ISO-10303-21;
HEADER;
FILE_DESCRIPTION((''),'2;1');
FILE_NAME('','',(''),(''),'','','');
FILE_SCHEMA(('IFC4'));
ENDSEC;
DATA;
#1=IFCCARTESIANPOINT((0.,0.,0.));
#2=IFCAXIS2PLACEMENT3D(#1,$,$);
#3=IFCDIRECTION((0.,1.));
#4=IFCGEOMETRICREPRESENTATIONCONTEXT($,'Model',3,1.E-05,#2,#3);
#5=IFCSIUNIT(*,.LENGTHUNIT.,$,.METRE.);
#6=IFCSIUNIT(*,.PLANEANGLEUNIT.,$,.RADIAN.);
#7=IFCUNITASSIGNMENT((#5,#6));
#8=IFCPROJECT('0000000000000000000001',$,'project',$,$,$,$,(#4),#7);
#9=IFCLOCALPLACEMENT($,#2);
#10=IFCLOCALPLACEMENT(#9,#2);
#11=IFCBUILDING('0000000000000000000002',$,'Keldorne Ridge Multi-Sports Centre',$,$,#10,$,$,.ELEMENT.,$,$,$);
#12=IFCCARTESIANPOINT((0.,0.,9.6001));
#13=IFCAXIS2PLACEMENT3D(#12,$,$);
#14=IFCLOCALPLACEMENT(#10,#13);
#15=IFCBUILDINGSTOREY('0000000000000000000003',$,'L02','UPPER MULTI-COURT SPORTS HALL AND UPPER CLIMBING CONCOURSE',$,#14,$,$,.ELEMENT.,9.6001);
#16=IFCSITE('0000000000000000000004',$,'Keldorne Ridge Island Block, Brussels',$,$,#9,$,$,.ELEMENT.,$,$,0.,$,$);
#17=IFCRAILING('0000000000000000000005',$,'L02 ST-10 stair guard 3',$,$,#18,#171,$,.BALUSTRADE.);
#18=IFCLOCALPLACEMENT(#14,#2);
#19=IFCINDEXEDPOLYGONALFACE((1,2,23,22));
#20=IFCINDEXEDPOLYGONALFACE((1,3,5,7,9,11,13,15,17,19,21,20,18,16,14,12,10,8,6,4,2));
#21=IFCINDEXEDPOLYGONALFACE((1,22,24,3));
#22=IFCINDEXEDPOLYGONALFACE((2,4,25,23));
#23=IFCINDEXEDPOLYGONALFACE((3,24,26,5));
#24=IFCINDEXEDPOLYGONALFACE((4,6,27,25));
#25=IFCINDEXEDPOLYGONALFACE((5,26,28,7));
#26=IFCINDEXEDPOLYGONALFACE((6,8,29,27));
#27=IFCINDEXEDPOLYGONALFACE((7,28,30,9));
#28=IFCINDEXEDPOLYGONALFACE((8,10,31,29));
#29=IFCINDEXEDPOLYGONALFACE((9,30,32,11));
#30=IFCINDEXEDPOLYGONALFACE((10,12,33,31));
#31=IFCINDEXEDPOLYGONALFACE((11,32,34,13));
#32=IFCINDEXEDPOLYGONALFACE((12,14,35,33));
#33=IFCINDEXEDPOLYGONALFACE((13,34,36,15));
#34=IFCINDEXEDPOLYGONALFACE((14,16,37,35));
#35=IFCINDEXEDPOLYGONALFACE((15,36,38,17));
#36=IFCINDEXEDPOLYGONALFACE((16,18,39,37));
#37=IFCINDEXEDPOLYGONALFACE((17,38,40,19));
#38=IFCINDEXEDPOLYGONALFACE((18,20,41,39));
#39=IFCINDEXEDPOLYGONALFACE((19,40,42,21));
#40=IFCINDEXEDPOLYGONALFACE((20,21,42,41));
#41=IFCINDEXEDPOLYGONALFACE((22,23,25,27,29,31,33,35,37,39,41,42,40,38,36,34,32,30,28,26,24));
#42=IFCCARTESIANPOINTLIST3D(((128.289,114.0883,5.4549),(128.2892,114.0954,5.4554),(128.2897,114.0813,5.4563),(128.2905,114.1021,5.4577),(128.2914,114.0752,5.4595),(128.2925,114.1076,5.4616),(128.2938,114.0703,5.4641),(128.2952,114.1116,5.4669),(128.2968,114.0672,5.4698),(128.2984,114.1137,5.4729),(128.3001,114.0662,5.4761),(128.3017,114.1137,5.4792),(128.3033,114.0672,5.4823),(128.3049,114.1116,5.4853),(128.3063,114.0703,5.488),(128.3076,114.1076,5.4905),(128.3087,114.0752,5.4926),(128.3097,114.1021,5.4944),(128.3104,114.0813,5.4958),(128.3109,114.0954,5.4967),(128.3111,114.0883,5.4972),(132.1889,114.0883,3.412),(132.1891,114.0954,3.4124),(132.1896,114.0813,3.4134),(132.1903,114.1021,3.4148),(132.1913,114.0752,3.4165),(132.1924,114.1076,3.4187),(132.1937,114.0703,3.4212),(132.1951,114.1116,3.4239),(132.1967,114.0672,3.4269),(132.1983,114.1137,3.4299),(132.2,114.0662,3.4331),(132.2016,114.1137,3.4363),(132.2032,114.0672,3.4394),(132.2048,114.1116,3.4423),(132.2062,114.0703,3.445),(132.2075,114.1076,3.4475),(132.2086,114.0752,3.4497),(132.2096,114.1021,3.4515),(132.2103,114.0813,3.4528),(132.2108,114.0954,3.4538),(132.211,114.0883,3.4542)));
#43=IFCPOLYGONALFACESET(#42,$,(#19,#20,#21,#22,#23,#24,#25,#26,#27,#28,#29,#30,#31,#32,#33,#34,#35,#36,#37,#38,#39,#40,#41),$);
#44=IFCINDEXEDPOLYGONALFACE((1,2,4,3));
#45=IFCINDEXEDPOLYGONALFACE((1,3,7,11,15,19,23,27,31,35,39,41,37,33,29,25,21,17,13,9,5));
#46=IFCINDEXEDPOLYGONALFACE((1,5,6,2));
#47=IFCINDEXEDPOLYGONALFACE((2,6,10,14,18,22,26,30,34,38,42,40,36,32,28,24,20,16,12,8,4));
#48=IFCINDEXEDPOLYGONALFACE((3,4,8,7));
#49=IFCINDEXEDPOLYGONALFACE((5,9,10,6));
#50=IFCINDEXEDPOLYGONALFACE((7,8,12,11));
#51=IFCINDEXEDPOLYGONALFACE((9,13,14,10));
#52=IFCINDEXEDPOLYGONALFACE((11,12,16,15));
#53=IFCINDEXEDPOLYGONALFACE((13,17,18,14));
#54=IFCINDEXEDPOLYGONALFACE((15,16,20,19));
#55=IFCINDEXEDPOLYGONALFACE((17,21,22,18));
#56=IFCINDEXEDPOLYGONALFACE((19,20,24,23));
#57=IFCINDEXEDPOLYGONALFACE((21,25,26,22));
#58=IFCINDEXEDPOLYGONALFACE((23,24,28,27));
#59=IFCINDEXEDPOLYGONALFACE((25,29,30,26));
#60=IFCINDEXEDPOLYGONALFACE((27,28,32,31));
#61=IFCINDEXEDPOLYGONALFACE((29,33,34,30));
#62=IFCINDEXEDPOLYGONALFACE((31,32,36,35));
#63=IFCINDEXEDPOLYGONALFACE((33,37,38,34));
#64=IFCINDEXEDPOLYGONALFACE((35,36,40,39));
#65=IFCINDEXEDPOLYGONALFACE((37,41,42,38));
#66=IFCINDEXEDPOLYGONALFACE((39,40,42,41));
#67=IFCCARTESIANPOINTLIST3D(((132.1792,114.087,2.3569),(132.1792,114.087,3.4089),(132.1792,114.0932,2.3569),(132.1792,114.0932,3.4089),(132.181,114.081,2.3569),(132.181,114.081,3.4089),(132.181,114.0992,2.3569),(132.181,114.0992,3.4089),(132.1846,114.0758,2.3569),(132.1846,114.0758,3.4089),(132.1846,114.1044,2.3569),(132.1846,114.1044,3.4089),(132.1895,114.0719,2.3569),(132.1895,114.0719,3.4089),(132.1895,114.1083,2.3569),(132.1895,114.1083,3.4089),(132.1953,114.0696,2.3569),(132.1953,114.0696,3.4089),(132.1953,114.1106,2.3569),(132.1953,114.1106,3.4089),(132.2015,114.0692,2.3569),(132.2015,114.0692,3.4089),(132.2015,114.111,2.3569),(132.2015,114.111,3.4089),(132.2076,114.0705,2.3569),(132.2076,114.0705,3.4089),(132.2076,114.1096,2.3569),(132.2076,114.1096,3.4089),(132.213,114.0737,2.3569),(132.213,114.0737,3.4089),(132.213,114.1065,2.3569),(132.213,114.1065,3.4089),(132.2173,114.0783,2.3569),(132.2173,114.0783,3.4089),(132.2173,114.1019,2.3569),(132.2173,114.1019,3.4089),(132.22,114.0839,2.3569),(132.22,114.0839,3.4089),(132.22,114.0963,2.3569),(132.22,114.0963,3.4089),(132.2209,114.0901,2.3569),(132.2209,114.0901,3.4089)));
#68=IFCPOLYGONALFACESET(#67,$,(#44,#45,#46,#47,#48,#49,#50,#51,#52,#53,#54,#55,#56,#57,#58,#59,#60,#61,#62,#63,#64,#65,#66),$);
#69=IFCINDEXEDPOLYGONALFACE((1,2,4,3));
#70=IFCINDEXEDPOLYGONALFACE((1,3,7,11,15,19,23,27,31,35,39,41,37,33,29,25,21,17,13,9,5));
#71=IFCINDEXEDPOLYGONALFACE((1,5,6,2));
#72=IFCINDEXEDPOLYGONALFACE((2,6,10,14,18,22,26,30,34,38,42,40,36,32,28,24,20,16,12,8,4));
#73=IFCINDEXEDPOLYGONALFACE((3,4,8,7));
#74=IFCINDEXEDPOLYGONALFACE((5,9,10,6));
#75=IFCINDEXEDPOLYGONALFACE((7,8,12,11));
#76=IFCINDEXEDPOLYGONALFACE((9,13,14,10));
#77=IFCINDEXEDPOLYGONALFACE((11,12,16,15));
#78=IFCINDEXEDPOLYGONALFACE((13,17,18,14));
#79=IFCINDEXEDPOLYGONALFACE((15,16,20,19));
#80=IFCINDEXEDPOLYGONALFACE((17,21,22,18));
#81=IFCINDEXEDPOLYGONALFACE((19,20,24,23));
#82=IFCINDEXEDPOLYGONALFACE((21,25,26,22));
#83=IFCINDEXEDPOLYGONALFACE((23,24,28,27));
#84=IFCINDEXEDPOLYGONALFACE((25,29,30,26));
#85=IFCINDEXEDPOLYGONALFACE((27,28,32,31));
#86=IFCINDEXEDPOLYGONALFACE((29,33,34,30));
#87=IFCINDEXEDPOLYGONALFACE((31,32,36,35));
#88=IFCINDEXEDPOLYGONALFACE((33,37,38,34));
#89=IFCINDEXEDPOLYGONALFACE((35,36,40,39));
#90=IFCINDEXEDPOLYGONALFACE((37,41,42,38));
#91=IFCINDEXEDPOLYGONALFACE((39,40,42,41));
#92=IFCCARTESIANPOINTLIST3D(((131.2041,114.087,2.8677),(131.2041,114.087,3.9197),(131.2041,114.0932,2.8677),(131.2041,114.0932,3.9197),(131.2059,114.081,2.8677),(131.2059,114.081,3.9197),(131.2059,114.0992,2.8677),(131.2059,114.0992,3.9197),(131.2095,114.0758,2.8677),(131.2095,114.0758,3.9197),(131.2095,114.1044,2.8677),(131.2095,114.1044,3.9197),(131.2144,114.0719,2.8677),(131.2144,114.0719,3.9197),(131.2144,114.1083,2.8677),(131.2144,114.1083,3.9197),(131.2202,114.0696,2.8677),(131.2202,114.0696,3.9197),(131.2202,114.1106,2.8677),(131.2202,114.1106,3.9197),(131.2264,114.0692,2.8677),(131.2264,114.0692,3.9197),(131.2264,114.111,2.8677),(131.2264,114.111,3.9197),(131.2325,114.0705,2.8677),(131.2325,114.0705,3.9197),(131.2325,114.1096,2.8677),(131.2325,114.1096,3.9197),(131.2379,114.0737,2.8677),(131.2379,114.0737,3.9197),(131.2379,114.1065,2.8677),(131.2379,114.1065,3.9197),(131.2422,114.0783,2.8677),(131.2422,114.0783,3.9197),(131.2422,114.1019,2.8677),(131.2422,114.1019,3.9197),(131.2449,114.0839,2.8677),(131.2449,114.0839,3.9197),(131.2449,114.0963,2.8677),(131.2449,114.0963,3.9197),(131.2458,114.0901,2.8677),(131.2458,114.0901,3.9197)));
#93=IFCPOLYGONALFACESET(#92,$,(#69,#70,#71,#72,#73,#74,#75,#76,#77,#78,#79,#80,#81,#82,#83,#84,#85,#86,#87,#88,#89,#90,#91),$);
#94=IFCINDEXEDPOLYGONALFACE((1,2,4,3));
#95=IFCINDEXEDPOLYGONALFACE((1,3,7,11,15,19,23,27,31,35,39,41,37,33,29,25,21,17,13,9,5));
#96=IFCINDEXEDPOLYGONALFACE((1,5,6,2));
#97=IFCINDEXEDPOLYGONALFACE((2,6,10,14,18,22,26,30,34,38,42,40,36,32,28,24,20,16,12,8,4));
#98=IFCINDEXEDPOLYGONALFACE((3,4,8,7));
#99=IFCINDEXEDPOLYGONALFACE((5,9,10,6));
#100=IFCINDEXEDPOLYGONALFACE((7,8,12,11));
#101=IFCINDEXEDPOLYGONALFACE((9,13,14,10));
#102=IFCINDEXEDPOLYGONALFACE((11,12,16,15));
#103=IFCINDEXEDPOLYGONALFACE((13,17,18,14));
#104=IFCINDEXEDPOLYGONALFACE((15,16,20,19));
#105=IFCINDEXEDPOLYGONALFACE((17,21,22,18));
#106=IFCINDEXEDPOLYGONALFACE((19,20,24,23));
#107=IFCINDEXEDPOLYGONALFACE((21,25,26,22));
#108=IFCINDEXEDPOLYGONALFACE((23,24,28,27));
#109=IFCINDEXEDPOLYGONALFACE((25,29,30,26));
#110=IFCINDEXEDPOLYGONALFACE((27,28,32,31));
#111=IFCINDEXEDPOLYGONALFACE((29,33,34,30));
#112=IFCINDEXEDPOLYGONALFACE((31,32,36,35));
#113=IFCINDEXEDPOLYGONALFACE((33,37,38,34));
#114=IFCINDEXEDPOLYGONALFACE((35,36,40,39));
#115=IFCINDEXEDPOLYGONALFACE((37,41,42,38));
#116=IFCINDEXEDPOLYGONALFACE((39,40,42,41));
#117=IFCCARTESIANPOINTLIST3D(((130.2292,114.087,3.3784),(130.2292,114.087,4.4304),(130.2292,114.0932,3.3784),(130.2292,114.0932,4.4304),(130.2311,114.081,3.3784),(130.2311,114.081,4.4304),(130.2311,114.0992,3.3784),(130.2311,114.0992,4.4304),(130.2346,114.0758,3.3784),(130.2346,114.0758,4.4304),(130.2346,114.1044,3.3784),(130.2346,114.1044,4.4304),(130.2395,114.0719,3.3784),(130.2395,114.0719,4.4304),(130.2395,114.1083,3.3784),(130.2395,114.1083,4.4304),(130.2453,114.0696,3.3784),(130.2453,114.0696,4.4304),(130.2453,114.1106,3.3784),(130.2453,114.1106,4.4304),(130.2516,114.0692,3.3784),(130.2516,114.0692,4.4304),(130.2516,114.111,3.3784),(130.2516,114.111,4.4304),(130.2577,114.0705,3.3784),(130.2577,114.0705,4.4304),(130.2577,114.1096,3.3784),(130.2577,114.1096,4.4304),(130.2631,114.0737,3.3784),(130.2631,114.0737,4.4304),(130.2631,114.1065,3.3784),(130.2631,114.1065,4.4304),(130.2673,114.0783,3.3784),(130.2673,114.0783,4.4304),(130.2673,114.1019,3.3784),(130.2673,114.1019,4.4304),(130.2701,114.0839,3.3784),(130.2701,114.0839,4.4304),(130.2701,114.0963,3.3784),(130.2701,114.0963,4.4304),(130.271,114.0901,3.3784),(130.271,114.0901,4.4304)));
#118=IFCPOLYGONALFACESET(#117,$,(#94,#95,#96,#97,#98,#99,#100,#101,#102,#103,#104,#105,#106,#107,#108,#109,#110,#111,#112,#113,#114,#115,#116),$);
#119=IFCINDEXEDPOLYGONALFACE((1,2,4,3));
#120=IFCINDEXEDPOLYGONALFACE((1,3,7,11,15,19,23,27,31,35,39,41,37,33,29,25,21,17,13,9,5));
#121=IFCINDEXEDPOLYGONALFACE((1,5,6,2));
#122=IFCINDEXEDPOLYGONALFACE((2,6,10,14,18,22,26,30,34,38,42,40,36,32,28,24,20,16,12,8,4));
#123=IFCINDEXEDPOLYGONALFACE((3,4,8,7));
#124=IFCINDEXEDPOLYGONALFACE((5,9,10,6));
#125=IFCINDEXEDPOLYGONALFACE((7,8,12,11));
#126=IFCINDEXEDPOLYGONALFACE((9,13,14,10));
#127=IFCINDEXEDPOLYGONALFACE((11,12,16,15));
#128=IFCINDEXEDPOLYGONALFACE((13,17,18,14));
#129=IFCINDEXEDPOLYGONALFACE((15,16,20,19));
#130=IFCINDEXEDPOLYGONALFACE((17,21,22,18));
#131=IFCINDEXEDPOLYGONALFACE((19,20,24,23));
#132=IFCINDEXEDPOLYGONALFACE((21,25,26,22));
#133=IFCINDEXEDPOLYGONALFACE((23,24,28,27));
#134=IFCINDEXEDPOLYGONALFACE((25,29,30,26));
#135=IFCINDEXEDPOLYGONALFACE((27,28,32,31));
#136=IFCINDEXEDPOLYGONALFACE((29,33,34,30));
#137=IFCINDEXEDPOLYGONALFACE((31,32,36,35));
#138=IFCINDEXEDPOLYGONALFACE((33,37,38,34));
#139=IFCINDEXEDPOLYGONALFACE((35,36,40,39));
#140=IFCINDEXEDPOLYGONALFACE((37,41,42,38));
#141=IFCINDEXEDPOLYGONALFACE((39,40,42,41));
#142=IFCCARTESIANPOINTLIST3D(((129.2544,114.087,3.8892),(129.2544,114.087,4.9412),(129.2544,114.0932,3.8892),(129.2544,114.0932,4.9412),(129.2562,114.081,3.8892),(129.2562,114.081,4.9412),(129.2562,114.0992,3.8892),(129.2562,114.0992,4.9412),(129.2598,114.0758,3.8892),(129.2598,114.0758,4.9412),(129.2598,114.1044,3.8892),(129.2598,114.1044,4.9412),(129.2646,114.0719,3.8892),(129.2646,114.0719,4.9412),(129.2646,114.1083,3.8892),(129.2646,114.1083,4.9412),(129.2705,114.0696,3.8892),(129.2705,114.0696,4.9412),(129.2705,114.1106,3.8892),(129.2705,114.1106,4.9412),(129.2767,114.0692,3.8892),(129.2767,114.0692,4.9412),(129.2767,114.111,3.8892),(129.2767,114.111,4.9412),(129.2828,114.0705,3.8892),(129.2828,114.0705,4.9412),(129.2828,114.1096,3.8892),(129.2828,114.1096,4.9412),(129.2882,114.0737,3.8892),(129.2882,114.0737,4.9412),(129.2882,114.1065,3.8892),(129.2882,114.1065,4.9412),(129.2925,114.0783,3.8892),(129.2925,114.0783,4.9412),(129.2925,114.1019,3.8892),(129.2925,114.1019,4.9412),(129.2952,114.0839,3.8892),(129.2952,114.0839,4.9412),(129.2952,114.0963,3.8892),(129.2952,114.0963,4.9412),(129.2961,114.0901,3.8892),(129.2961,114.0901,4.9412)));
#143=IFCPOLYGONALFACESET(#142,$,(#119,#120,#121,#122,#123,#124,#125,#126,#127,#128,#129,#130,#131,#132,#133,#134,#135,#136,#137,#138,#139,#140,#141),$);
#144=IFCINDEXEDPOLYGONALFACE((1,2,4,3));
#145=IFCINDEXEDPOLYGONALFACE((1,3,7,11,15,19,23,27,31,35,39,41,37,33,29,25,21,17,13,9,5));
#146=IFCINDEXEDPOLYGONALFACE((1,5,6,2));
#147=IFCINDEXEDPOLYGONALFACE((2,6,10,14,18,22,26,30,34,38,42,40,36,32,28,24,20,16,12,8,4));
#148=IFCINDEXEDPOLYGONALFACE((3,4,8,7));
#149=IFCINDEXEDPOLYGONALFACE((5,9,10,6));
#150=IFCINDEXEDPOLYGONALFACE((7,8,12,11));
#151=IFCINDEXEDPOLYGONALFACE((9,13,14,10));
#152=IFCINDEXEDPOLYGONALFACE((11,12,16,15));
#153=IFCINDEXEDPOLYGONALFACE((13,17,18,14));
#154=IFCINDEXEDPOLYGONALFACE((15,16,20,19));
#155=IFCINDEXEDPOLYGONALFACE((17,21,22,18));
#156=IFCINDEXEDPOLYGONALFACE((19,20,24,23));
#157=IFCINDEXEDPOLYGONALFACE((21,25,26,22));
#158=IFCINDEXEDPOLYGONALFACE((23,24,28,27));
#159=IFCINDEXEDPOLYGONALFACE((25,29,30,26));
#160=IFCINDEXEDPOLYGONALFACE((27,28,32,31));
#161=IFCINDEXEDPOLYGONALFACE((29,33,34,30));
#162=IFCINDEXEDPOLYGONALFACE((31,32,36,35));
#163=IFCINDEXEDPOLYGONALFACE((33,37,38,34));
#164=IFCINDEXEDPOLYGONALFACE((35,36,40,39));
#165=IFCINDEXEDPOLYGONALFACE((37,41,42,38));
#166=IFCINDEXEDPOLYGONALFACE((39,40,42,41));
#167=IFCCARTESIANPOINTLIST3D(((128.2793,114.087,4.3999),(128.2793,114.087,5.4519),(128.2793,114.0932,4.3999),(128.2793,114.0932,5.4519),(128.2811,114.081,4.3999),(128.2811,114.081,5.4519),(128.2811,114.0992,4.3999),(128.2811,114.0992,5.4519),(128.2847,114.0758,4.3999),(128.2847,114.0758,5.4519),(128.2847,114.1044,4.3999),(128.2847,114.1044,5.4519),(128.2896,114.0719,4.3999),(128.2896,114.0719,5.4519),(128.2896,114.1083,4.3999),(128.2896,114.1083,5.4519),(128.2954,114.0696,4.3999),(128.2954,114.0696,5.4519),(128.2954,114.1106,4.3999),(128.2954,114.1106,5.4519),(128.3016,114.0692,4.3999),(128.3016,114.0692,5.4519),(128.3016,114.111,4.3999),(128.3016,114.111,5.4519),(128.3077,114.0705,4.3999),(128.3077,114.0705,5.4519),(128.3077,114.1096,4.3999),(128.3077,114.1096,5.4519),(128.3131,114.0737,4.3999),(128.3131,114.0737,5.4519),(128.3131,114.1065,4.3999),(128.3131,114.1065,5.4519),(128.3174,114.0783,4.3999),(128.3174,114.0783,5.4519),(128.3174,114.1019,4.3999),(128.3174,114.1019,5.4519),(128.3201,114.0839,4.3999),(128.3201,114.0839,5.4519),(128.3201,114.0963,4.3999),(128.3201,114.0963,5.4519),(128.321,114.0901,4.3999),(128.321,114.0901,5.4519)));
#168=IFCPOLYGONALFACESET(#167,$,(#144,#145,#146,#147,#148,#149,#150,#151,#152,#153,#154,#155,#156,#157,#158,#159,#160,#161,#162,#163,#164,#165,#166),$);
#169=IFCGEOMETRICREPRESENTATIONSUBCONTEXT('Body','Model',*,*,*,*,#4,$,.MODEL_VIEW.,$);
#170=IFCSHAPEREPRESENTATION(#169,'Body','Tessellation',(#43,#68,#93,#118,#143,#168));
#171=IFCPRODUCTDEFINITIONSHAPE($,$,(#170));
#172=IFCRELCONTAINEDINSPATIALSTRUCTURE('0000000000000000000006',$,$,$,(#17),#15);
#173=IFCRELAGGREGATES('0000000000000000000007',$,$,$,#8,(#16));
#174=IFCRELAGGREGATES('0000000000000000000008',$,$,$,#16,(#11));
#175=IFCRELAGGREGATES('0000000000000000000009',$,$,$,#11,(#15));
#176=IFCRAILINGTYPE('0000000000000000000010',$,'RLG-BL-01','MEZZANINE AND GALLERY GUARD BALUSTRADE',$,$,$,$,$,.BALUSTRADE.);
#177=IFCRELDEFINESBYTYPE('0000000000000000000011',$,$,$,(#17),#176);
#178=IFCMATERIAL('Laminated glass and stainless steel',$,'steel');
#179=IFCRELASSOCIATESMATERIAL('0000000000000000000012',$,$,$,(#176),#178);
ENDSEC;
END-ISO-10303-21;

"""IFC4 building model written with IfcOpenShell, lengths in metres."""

from ifc_helpers import new_model, si_unit, direction, frame, origin, origin_2d, place, context, subcontext, project, spatial, circle, extrude, material, type_object, element, save


model = new_model("IFC4")

# Units and contexts
model_context = context("Model", 3, precision=1e-05, world=origin(), true_north=direction((0.0, 1.0)))
body_context = subcontext(model_context, "Body", "Model", "MODEL_VIEW")
ifc_project = project(units=[si_unit("LENGTHUNIT", "METRE"), si_unit("PLANEANGLEUNIT", "RADIAN")], contexts=[model_context])

# Site, building, storey
site_placement = place(None, origin())
site = spatial("IfcSite", under=ifc_project, at=site_placement, Name="Keldorne Ridge Island Block, Brussels", CompositionType="ELEMENT", RefElevation=0.0)
building_placement = place(site_placement, origin())
building = spatial("IfcBuilding", under=site, at=building_placement, Name="Keldorne Ridge Multi-Sports Centre", CompositionType="ELEMENT")
storey_placement = place(building_placement, frame((0.0, 0.0, 9.6001)))
storey = spatial("IfcBuildingStorey", under=building, at=storey_placement, Name="L02", Description="UPPER MULTI-COURT SPORTS HALL AND UPPER CLIMBING CONCOURSE", CompositionType="ELEMENT", Elevation=9.6001)

# Railing
ifc_material_1 = material(Name="Laminated glass and stainless steel", Category="steel")
railing_type_1 = type_object("IfcRailingType", Name="RLG-BL-01", Description="MEZZANINE AND GALLERY GUARD BALUSTRADE", PredefinedType="BALUSTRADE", material=ifc_material_1)
railing_1_placement = place(storey_placement, frame((132.2, 114.0901, 2.3569)))
element("IfcRailing", 1, at=railing_1_placement, inside=storey, type_object=railing_type_1, Name="L02 ST-10 stair guard 3", PredefinedType="BALUSTRADE", context=body_context, shape_type="SweptSolid", body=[
    extrude(circle(Radius=0.0239, at=origin_2d()), frame((0.0, 0.0, 1.0762), z_axis=(-0.885816, 0.0, 0.464036), x_axis=(0.0, -1.0, 0.0)), (0.0, 0.0, 1.0), 4.4026),
    extrude(circle(Radius=0.021, at=origin_2d()), origin(), (0.0, 0.0, 1.0), 1.052),
    extrude(circle(Radius=0.021, at=origin_2d()), frame((-0.9751, 0.0, 0.5107)), (0.0, 0.0, 1.0), 1.052),
    extrude(circle(Radius=0.021, at=origin_2d()), frame((-1.95, 0.0, 1.0215)), (0.0, 0.0, 1.0), 1.052),
    extrude(circle(Radius=0.021, at=origin_2d()), frame((-2.9248, 0.0, 1.5322)), (0.0, 0.0, 1.0), 1.052),
    extrude(circle(Radius=0.021, at=origin_2d()), frame((-3.8999, 0.0, 2.043)), (0.0, 0.0, 1.0), 1.052),
])

save(model, "model.ifc")
